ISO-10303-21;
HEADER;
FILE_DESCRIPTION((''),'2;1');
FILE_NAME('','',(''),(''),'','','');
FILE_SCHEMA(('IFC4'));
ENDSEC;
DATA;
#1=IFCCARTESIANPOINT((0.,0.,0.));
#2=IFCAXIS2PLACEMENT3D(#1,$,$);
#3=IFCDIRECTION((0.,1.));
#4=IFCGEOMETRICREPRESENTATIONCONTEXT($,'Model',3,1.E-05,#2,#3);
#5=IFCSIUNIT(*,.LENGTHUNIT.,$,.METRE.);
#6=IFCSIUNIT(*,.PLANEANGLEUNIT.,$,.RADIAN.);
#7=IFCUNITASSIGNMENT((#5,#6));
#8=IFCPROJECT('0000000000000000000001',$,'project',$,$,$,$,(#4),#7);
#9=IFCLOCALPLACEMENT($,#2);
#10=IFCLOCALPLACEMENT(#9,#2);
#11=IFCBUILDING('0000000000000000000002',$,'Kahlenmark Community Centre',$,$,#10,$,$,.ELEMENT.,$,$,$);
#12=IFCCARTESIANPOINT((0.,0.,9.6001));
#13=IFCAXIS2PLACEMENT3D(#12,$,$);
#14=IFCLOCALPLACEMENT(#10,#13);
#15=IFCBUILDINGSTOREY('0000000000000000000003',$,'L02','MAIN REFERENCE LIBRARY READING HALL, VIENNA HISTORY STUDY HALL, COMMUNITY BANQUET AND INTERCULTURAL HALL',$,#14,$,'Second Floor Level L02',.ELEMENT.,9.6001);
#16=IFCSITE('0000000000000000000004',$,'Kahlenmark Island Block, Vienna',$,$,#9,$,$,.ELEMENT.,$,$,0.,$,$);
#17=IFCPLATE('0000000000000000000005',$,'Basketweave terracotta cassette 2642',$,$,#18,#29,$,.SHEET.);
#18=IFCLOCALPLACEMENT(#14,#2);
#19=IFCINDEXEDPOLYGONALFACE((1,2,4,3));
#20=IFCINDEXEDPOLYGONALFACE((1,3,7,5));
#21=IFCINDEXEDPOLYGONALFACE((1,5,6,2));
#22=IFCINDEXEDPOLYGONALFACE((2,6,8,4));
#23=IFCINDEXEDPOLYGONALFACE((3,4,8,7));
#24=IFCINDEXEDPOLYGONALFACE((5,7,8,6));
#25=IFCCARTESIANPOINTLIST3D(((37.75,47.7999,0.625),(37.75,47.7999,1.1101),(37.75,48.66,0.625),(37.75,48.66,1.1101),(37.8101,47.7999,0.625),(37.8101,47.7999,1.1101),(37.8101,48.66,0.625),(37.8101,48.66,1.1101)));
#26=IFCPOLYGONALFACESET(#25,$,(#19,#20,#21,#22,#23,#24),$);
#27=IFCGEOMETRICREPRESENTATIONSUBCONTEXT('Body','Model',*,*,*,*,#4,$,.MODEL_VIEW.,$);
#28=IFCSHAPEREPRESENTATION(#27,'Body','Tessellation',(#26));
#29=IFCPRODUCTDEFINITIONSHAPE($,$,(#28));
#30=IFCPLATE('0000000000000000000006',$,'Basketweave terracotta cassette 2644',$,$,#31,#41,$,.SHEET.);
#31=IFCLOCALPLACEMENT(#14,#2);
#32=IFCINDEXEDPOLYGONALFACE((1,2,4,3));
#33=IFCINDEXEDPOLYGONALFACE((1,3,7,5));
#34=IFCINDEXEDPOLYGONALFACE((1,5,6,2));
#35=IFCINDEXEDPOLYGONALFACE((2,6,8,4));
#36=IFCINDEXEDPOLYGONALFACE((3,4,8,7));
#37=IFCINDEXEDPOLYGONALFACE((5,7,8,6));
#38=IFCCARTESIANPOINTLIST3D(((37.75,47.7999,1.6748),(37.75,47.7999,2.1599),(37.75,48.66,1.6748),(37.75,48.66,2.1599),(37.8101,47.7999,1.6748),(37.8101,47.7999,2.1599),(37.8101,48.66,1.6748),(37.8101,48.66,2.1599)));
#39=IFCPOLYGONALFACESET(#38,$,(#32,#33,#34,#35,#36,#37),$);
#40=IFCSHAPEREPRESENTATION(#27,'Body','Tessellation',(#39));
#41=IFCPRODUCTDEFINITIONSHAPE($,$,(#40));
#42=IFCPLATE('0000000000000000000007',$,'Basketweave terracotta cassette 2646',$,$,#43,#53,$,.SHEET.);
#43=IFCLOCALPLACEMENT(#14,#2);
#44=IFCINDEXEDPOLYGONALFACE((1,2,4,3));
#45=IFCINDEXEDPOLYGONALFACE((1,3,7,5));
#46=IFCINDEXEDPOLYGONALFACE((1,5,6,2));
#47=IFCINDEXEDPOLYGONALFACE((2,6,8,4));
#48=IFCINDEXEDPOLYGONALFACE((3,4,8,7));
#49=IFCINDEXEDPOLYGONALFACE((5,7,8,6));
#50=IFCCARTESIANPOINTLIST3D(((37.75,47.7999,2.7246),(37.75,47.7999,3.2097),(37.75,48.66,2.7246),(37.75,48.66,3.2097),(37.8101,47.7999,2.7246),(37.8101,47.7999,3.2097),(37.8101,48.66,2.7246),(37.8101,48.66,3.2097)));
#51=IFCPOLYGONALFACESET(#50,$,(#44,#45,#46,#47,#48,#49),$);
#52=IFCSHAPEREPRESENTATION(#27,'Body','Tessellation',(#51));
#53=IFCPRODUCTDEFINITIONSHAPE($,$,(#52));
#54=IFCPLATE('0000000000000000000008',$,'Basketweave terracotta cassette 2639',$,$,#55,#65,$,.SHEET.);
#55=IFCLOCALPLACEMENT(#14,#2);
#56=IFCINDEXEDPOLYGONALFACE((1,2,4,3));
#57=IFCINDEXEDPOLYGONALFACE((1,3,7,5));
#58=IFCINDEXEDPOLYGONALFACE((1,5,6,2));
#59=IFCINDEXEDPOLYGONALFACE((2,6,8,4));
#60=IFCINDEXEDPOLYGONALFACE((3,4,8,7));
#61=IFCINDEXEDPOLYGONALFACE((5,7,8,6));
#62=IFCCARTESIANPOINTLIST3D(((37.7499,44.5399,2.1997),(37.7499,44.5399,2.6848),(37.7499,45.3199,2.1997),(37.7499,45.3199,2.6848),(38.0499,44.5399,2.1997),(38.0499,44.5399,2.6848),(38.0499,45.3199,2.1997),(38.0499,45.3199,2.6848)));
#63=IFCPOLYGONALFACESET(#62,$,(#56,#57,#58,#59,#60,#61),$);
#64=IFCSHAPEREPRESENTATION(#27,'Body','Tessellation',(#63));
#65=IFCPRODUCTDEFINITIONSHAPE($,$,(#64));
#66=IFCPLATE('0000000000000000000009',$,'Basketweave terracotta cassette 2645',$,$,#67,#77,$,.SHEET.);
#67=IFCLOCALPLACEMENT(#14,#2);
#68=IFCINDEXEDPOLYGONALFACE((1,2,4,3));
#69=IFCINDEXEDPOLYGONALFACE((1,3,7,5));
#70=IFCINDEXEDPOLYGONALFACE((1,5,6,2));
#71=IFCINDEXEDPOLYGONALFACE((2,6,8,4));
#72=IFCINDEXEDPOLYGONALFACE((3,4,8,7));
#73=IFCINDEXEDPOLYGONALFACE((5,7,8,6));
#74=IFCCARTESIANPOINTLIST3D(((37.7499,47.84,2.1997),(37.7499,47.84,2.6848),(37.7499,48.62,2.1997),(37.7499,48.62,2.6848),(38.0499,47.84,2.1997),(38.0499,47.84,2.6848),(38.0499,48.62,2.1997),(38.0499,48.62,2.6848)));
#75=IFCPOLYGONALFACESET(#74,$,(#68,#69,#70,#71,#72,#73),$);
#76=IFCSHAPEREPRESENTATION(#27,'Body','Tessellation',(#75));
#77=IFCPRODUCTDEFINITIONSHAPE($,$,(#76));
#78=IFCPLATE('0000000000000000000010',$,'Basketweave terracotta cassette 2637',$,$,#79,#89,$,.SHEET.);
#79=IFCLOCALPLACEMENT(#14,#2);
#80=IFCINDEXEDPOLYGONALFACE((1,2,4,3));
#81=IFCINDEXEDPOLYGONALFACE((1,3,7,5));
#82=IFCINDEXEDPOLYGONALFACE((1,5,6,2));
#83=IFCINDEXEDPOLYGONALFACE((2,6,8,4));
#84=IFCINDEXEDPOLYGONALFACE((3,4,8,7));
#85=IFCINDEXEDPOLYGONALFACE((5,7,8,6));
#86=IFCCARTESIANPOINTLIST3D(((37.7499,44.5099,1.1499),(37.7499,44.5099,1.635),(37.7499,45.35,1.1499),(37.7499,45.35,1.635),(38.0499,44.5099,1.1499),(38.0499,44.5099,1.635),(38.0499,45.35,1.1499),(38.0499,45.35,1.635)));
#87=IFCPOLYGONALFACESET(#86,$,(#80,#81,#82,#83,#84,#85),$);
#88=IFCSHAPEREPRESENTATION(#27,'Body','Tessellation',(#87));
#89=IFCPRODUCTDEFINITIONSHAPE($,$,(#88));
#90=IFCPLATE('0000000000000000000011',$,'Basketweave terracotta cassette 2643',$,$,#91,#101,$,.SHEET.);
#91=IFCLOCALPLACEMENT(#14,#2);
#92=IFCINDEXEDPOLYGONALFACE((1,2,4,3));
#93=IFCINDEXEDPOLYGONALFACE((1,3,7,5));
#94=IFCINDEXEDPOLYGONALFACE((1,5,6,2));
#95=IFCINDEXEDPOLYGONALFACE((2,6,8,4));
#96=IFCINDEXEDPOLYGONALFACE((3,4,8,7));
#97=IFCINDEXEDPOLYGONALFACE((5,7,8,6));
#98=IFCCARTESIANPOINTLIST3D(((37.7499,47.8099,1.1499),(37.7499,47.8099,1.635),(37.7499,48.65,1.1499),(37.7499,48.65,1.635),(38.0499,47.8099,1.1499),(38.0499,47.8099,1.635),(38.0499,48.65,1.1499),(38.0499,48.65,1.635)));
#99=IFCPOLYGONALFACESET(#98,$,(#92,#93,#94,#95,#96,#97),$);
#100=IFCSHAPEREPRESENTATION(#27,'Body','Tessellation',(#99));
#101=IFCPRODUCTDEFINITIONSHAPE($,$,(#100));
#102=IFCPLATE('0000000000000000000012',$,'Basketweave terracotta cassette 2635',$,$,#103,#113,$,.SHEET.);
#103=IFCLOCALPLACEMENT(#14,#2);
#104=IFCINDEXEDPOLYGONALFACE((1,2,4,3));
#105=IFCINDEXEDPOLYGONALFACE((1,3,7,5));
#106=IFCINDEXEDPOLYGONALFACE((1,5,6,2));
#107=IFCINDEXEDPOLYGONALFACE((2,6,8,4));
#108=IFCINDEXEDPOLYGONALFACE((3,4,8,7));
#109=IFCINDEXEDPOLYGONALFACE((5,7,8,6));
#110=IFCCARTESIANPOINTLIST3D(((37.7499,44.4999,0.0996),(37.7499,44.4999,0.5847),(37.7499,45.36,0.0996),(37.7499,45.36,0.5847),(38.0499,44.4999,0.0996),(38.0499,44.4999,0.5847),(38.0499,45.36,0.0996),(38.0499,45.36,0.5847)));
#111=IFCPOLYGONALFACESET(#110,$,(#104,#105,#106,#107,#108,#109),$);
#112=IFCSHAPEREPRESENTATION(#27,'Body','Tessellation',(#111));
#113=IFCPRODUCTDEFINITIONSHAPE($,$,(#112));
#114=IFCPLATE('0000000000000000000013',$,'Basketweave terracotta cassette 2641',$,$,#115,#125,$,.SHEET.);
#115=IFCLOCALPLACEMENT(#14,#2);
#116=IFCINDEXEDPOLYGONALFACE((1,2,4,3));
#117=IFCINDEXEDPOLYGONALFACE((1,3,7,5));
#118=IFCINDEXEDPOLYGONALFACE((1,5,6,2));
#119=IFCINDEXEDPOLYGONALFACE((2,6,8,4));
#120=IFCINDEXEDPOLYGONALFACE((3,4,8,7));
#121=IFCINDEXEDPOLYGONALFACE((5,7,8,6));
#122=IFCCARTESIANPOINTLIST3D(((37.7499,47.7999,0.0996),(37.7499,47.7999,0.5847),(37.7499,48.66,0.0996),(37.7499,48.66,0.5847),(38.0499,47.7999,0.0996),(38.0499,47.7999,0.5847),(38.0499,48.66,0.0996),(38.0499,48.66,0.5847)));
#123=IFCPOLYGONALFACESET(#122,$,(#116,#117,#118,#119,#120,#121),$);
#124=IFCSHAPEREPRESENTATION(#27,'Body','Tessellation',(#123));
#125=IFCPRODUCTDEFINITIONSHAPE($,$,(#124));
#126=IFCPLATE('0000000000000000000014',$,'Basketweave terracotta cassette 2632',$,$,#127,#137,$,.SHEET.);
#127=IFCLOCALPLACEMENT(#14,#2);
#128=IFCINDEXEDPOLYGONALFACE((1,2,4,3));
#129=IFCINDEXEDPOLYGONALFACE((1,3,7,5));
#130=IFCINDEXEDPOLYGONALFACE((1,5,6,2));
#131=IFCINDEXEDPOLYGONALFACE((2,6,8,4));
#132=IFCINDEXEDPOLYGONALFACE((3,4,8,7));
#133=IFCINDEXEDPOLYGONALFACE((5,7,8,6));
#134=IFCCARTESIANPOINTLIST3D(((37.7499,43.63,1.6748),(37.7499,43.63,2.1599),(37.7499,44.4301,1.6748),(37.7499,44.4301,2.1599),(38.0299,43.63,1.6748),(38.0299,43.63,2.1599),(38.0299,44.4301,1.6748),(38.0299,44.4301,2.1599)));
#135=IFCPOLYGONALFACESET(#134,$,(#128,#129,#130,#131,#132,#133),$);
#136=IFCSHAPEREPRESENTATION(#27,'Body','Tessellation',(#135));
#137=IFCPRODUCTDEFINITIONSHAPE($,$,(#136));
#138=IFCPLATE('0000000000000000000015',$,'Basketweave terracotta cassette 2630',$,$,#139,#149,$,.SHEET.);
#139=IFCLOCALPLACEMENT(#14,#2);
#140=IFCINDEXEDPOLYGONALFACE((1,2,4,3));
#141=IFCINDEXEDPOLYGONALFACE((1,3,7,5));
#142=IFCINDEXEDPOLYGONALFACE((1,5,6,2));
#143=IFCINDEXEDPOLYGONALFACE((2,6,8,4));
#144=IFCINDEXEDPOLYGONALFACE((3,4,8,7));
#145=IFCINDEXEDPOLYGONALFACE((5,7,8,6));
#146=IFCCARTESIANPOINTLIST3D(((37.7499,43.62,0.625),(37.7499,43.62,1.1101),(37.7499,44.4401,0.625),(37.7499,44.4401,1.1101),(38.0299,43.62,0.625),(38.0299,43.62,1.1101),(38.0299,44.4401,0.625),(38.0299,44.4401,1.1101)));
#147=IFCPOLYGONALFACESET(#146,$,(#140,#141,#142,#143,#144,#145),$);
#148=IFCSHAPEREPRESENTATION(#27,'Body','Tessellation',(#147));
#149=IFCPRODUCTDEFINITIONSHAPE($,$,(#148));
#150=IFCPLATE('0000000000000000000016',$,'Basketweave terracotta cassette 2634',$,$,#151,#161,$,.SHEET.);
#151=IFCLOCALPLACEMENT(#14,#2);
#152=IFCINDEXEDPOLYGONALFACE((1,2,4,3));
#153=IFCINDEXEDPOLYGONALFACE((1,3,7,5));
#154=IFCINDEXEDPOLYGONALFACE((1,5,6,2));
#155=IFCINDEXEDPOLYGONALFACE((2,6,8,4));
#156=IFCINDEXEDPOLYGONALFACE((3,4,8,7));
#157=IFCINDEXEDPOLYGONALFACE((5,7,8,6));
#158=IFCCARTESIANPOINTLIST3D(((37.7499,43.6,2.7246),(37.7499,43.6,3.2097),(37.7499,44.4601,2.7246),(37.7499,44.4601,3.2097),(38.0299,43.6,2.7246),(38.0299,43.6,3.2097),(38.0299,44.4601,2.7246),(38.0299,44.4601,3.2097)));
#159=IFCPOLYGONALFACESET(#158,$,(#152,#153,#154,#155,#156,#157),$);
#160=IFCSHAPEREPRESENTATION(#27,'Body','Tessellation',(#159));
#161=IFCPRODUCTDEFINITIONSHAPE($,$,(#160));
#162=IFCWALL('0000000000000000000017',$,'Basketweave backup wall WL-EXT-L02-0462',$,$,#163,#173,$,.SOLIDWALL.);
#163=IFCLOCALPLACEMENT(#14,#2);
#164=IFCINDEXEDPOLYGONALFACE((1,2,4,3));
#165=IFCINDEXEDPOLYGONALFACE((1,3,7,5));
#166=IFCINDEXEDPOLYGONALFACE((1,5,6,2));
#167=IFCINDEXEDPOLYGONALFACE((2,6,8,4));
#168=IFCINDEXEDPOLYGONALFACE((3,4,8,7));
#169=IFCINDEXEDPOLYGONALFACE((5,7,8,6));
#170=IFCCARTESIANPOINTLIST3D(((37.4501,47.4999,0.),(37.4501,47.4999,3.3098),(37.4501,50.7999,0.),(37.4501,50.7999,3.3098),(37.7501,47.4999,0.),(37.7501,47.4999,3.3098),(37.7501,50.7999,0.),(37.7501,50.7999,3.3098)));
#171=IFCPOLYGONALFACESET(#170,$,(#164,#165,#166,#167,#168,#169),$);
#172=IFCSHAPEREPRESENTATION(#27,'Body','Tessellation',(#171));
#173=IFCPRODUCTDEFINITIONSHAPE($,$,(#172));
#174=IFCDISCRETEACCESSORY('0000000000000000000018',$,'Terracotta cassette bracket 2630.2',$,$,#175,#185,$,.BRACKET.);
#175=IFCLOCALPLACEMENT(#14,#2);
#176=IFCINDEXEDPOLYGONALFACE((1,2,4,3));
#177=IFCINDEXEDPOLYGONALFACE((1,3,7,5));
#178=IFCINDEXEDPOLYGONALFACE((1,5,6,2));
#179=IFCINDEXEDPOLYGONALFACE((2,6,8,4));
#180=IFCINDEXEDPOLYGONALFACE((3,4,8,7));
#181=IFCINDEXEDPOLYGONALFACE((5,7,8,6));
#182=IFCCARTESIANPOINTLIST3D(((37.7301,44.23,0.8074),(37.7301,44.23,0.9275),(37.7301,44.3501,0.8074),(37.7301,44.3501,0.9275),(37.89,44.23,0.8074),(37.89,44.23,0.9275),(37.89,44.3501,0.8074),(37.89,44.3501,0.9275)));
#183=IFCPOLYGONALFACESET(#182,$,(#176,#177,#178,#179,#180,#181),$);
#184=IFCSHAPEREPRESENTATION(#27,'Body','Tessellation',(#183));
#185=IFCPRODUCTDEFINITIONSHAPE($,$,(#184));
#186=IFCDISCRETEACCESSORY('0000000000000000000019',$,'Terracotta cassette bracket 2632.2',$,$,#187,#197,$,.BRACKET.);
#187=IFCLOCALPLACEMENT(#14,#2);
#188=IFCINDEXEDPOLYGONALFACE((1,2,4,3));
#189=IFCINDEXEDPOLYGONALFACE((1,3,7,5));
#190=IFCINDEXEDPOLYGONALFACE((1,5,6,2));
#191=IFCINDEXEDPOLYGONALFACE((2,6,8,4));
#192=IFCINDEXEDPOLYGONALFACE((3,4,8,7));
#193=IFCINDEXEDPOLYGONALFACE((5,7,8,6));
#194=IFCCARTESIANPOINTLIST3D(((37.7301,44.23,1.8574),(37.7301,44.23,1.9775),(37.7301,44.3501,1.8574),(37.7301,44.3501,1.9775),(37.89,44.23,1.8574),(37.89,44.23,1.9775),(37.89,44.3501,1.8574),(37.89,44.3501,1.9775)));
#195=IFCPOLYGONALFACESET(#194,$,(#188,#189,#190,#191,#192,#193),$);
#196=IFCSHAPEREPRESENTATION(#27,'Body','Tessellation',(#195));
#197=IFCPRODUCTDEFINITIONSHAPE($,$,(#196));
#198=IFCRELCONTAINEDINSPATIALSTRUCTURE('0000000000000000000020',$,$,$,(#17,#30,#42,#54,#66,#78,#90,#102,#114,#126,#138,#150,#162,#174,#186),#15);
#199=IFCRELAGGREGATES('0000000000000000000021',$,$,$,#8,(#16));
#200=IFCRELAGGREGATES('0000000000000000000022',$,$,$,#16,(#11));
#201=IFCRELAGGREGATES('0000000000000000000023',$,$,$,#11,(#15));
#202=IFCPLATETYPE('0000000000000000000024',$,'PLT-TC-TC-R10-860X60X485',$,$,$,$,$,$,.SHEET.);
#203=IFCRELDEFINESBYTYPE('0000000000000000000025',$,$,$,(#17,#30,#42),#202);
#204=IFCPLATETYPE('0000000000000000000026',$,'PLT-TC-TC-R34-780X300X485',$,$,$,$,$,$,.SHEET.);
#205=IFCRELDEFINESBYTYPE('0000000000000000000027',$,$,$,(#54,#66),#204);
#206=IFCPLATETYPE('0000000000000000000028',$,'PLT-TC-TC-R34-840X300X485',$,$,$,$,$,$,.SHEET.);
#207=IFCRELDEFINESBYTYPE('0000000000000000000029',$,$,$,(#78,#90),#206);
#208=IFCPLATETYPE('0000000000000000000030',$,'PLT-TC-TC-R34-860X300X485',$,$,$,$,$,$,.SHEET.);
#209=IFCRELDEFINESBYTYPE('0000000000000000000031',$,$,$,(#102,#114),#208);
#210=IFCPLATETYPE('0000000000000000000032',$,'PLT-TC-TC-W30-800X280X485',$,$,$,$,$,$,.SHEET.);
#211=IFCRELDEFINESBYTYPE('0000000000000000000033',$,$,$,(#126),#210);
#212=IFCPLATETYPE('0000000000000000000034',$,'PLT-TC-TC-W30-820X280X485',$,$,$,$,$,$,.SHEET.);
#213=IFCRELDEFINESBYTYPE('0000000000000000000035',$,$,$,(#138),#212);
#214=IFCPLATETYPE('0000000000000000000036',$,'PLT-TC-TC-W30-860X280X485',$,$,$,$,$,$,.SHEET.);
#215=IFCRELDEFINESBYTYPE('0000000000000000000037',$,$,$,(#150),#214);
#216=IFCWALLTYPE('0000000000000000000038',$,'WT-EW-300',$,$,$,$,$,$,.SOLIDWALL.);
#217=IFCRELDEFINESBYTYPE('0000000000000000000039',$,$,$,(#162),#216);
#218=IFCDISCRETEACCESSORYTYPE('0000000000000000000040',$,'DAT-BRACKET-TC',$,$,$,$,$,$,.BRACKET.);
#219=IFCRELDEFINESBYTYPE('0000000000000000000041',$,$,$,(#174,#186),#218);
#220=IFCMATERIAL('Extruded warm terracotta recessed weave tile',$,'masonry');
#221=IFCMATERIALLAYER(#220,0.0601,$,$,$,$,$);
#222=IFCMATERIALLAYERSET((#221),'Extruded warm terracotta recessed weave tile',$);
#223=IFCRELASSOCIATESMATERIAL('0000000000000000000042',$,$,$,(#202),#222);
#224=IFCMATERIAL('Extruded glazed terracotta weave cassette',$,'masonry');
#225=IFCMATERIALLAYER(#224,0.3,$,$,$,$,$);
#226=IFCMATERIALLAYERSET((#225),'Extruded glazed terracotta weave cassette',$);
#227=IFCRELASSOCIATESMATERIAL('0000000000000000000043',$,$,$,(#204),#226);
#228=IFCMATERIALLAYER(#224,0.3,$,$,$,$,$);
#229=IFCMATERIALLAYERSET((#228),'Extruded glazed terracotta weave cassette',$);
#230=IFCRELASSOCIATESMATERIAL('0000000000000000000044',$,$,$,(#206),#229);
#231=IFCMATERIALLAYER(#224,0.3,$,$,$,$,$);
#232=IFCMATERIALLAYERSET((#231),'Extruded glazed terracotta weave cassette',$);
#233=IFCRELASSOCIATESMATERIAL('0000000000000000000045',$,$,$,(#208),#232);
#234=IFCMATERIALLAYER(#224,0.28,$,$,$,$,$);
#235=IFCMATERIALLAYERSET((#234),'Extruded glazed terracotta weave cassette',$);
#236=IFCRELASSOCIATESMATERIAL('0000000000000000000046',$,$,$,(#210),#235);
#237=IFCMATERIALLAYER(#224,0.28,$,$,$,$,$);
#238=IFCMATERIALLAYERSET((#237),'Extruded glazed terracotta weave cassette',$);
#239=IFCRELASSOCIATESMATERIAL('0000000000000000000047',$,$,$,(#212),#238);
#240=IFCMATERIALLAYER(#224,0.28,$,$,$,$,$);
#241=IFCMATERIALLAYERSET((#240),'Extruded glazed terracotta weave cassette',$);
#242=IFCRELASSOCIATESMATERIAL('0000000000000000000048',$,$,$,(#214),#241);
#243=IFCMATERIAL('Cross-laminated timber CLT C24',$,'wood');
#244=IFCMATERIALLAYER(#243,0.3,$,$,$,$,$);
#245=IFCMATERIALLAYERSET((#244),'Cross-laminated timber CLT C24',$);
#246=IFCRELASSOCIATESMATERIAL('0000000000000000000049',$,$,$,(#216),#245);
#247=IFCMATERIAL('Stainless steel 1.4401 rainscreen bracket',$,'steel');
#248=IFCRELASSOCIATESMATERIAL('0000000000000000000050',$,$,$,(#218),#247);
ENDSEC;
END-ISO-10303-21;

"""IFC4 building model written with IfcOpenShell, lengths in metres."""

from ifc_helpers import new_model, si_unit, direction, frame, frame_2d, origin, origin_2d, place, context, subcontext, project, spatial, rectangle, extrude, material, layer, layer_set, type_object, element, save


model = new_model("IFC4")

# Units and contexts
model_context = context("Model", 3, precision=1e-05, world=origin(), true_north=direction((0.0, 1.0)))
body_context = subcontext(model_context, "Body", "Model", "MODEL_VIEW")
ifc_project = project(units=[si_unit("LENGTHUNIT", "METRE"), si_unit("PLANEANGLEUNIT", "RADIAN")], contexts=[model_context])

# Site, building, storey
site_placement = place(None, origin())
site = spatial("IfcSite", under=ifc_project, at=site_placement, Name="Kahlenmark Island Block, Vienna", CompositionType="ELEMENT", RefElevation=0.0)
building_placement = place(site_placement, origin())
building = spatial("IfcBuilding", under=site, at=building_placement, Name="Kahlenmark Community Centre", CompositionType="ELEMENT")
storey_placement = place(building_placement, frame((0.0, 0.0, 9.6001)))
storey = spatial("IfcBuildingStorey", under=building, at=storey_placement, Name="L02", Description="MAIN REFERENCE LIBRARY READING HALL, VIENNA HISTORY STUDY HALL, COMMUNITY BANQUET AND INTERCULTURAL HALL", LongName="Second Floor Level L02", CompositionType="ELEMENT", Elevation=9.6001)

# Plates
ifc_material_1 = material(Name="Extruded warm terracotta recessed weave tile", Category="masonry")
ifc_layer_1 = layer(ifc_material_1, 0.0601)
ifc_layer_set_1 = layer_set([ifc_layer_1], Name="Extruded warm terracotta recessed weave tile")
plate_type_1 = type_object("IfcPlateType", Name="PLT-TC-TC-R10-860X60X485", PredefinedType="SHEET", material=ifc_layer_set_1)
for number, where, z_axis, x_axis, name in (
    (1, (37.78, 48.23, 0.625), (0.0, 0.0, 1.0), (0.0, 1.0, 0.0), "Basketweave terracotta cassette 2642"),
    (2, (37.78, 48.23, 1.6748), (0.0, 0.0, 1.0), (0.0, 1.0, 0.0), "Basketweave terracotta cassette 2644"),
    (3, (37.78, 48.23, 2.7246), (0.0, 0.0, 1.0), (0.0, 1.0, 0.0), "Basketweave terracotta cassette 2646"),
):
    element("IfcPlate", number, at=place(storey_placement, frame(where, z_axis=z_axis, x_axis=x_axis)), inside=storey, type_object=plate_type_1, Name=name, PredefinedType="SHEET", context=body_context, shape_type="SweptSolid", body=[
        extrude(rectangle(XDim=0.8601, YDim=0.0601, at=origin_2d()), origin(), (0.0, 0.0, 1.0), 0.4851),
    ])
ifc_material_2 = material(Name="Extruded glazed terracotta weave cassette", Category="masonry")
ifc_layer_2 = layer(ifc_material_2, 0.3)
ifc_layer_set_2 = layer_set([ifc_layer_2], Name="Extruded glazed terracotta weave cassette")
plate_type_2 = type_object("IfcPlateType", Name="PLT-TC-TC-R34-780X300X485", PredefinedType="SHEET", material=ifc_layer_set_2)
for number, where, z_axis, x_axis, name in (
    (4, (37.8999, 44.9299, 2.1997), (0.0, 0.0, 1.0), (0.0, 1.0, 0.0), "Basketweave terracotta cassette 2639"),
    (5, (37.8999, 48.23, 2.1997), (0.0, 0.0, 1.0), (0.0, 1.0, 0.0), "Basketweave terracotta cassette 2645"),
):
    element("IfcPlate", number, at=place(storey_placement, frame(where, z_axis=z_axis, x_axis=x_axis)), inside=storey, type_object=plate_type_2, Name=name, PredefinedType="SHEET", context=body_context, shape_type="SweptSolid", body=[
        extrude(rectangle(XDim=0.78, YDim=0.3, at=origin_2d()), origin(), (0.0, 0.0, 1.0), 0.4851),
    ])
ifc_layer_3 = layer(ifc_material_2, 0.3)
ifc_layer_set_3 = layer_set([ifc_layer_3], Name="Extruded glazed terracotta weave cassette")
plate_type_3 = type_object("IfcPlateType", Name="PLT-TC-TC-R34-840X300X485", PredefinedType="SHEET", material=ifc_layer_set_3)
for number, where, z_axis, x_axis, name in (
    (6, (37.8999, 44.9299, 1.1499), (0.0, 0.0, 1.0), (0.0, 1.0, 0.0), "Basketweave terracotta cassette 2637"),
    (7, (37.8999, 48.23, 1.1499), (0.0, 0.0, 1.0), (0.0, 1.0, 0.0), "Basketweave terracotta cassette 2643"),
):
    element("IfcPlate", number, at=place(storey_placement, frame(where, z_axis=z_axis, x_axis=x_axis)), inside=storey, type_object=plate_type_3, Name=name, PredefinedType="SHEET", context=body_context, shape_type="SweptSolid", body=[
        extrude(rectangle(XDim=0.8401, YDim=0.3, at=origin_2d()), origin(), (0.0, 0.0, 1.0), 0.4851),
    ])
ifc_layer_4 = layer(ifc_material_2, 0.3)
ifc_layer_set_4 = layer_set([ifc_layer_4], Name="Extruded glazed terracotta weave cassette")
plate_type_4 = type_object("IfcPlateType", Name="PLT-TC-TC-R34-860X300X485", PredefinedType="SHEET", material=ifc_layer_set_4)
for number, where, z_axis, x_axis, name in (
    (8, (37.8999, 44.9299, 0.0996), (0.0, 0.0, 1.0), (0.0, 1.0, 0.0), "Basketweave terracotta cassette 2635"),
    (9, (37.8999, 48.23, 0.0996), (0.0, 0.0, 1.0), (0.0, 1.0, 0.0), "Basketweave terracotta cassette 2641"),
):
    element("IfcPlate", number, at=place(storey_placement, frame(where, z_axis=z_axis, x_axis=x_axis)), inside=storey, type_object=plate_type_4, Name=name, PredefinedType="SHEET", context=body_context, shape_type="SweptSolid", body=[
        extrude(rectangle(XDim=0.8601, YDim=0.3, at=origin_2d()), origin(), (0.0, 0.0, 1.0), 0.4851),
    ])
ifc_layer_5 = layer(ifc_material_2, 0.28)
ifc_layer_set_5 = layer_set([ifc_layer_5], Name="Extruded glazed terracotta weave cassette")
plate_type_5 = type_object("IfcPlateType", Name="PLT-TC-TC-W30-800X280X485", PredefinedType="SHEET", material=ifc_layer_set_5)
plate_1_placement = place(storey_placement, frame((37.8899, 44.03, 1.6748), z_axis=(0.0, 0.0, 1.0), x_axis=(0.0, 1.0, 0.0)))
element("IfcPlate", 10, at=plate_1_placement, inside=storey, type_object=plate_type_5, Name="Basketweave terracotta cassette 2632", PredefinedType="SHEET", context=body_context, shape_type="SweptSolid", body=[
    extrude(rectangle(XDim=0.8, YDim=0.28, at=origin_2d()), origin(), (0.0, 0.0, 1.0), 0.4851),
])
ifc_layer_6 = layer(ifc_material_2, 0.28)
ifc_layer_set_6 = layer_set([ifc_layer_6], Name="Extruded glazed terracotta weave cassette")
plate_type_6 = type_object("IfcPlateType", Name="PLT-TC-TC-W30-820X280X485", PredefinedType="SHEET", material=ifc_layer_set_6)
plate_2_placement = place(storey_placement, frame((37.8899, 44.03, 0.625), z_axis=(0.0, 0.0, 1.0), x_axis=(0.0, 1.0, 0.0)))
element("IfcPlate", 11, at=plate_2_placement, inside=storey, type_object=plate_type_6, Name="Basketweave terracotta cassette 2630", PredefinedType="SHEET", context=body_context, shape_type="SweptSolid", body=[
    extrude(rectangle(XDim=0.8201, YDim=0.28, at=origin_2d()), origin(), (0.0, 0.0, 1.0), 0.4851),
])
ifc_layer_7 = layer(ifc_material_2, 0.28)
ifc_layer_set_7 = layer_set([ifc_layer_7], Name="Extruded glazed terracotta weave cassette")
plate_type_7 = type_object("IfcPlateType", Name="PLT-TC-TC-W30-860X280X485", PredefinedType="SHEET", material=ifc_layer_set_7)
plate_3_placement = place(storey_placement, frame((37.8899, 44.03, 2.7246), z_axis=(0.0, 0.0, 1.0), x_axis=(0.0, 1.0, 0.0)))
element("IfcPlate", 12, at=plate_3_placement, inside=storey, type_object=plate_type_7, Name="Basketweave terracotta cassette 2634", PredefinedType="SHEET", context=body_context, shape_type="SweptSolid", body=[
    extrude(rectangle(XDim=0.8601, YDim=0.28, at=origin_2d()), origin(), (0.0, 0.0, 1.0), 0.4851),
])

# Wall
ifc_material_3 = material(Name="Cross-laminated timber CLT C24", Category="wood")
ifc_layer_8 = layer(ifc_material_3, 0.3)
ifc_layer_set_8 = layer_set([ifc_layer_8], Name="Cross-laminated timber CLT C24")
wall_type = type_object("IfcWallType", Name="WT-EW-300", PredefinedType="SOLIDWALL", material=ifc_layer_set_8)
wall_placement = place(storey_placement, frame((37.6001, 47.5, 0.0), z_axis=(0.0, 0.0, 1.0), x_axis=(0.0, 1.0, 0.0)))
element("IfcWall", 13, at=wall_placement, inside=storey, type_object=wall_type, Name="Basketweave backup wall WL-EXT-L02-0462", PredefinedType="SOLIDWALL", context=body_context, shape_type="SweptSolid", body=[
    extrude(rectangle(XDim=3.3, YDim=0.3, at=frame_2d((1.6499, 0.0))), origin(), (0.0, 0.0, 1.0), 3.3098),
])

# Discrete accessories
ifc_material_4 = material(Name="Stainless steel 1.4401 rainscreen bracket", Category="steel")
discrete_accessory_type = type_object("IfcDiscreteAccessoryType", Name="DAT-BRACKET-TC", PredefinedType="BRACKET", material=ifc_material_4)
for number, where, z_axis, x_axis, name in (
    (14, (37.8101, 44.29, 0.8074), (0.0, 0.0, 1.0), (0.0, 1.0, 0.0), "Terracotta cassette bracket 2630.2"),
    (15, (37.8101, 44.29, 1.8574), (0.0, 0.0, 1.0), (0.0, 1.0, 0.0), "Terracotta cassette bracket 2632.2"),
):
    element("IfcDiscreteAccessory", number, at=place(storey_placement, frame(where, z_axis=z_axis, x_axis=x_axis)), inside=storey, type_object=discrete_accessory_type, Name=name, PredefinedType="BRACKET", context=body_context, shape_type="SweptSolid", body=[
        extrude(rectangle(XDim=0.1201, YDim=0.1599, at=origin_2d()), origin(), (0.0, 0.0, 1.0), 0.1201),
    ])

save(model, "model.ifc")
